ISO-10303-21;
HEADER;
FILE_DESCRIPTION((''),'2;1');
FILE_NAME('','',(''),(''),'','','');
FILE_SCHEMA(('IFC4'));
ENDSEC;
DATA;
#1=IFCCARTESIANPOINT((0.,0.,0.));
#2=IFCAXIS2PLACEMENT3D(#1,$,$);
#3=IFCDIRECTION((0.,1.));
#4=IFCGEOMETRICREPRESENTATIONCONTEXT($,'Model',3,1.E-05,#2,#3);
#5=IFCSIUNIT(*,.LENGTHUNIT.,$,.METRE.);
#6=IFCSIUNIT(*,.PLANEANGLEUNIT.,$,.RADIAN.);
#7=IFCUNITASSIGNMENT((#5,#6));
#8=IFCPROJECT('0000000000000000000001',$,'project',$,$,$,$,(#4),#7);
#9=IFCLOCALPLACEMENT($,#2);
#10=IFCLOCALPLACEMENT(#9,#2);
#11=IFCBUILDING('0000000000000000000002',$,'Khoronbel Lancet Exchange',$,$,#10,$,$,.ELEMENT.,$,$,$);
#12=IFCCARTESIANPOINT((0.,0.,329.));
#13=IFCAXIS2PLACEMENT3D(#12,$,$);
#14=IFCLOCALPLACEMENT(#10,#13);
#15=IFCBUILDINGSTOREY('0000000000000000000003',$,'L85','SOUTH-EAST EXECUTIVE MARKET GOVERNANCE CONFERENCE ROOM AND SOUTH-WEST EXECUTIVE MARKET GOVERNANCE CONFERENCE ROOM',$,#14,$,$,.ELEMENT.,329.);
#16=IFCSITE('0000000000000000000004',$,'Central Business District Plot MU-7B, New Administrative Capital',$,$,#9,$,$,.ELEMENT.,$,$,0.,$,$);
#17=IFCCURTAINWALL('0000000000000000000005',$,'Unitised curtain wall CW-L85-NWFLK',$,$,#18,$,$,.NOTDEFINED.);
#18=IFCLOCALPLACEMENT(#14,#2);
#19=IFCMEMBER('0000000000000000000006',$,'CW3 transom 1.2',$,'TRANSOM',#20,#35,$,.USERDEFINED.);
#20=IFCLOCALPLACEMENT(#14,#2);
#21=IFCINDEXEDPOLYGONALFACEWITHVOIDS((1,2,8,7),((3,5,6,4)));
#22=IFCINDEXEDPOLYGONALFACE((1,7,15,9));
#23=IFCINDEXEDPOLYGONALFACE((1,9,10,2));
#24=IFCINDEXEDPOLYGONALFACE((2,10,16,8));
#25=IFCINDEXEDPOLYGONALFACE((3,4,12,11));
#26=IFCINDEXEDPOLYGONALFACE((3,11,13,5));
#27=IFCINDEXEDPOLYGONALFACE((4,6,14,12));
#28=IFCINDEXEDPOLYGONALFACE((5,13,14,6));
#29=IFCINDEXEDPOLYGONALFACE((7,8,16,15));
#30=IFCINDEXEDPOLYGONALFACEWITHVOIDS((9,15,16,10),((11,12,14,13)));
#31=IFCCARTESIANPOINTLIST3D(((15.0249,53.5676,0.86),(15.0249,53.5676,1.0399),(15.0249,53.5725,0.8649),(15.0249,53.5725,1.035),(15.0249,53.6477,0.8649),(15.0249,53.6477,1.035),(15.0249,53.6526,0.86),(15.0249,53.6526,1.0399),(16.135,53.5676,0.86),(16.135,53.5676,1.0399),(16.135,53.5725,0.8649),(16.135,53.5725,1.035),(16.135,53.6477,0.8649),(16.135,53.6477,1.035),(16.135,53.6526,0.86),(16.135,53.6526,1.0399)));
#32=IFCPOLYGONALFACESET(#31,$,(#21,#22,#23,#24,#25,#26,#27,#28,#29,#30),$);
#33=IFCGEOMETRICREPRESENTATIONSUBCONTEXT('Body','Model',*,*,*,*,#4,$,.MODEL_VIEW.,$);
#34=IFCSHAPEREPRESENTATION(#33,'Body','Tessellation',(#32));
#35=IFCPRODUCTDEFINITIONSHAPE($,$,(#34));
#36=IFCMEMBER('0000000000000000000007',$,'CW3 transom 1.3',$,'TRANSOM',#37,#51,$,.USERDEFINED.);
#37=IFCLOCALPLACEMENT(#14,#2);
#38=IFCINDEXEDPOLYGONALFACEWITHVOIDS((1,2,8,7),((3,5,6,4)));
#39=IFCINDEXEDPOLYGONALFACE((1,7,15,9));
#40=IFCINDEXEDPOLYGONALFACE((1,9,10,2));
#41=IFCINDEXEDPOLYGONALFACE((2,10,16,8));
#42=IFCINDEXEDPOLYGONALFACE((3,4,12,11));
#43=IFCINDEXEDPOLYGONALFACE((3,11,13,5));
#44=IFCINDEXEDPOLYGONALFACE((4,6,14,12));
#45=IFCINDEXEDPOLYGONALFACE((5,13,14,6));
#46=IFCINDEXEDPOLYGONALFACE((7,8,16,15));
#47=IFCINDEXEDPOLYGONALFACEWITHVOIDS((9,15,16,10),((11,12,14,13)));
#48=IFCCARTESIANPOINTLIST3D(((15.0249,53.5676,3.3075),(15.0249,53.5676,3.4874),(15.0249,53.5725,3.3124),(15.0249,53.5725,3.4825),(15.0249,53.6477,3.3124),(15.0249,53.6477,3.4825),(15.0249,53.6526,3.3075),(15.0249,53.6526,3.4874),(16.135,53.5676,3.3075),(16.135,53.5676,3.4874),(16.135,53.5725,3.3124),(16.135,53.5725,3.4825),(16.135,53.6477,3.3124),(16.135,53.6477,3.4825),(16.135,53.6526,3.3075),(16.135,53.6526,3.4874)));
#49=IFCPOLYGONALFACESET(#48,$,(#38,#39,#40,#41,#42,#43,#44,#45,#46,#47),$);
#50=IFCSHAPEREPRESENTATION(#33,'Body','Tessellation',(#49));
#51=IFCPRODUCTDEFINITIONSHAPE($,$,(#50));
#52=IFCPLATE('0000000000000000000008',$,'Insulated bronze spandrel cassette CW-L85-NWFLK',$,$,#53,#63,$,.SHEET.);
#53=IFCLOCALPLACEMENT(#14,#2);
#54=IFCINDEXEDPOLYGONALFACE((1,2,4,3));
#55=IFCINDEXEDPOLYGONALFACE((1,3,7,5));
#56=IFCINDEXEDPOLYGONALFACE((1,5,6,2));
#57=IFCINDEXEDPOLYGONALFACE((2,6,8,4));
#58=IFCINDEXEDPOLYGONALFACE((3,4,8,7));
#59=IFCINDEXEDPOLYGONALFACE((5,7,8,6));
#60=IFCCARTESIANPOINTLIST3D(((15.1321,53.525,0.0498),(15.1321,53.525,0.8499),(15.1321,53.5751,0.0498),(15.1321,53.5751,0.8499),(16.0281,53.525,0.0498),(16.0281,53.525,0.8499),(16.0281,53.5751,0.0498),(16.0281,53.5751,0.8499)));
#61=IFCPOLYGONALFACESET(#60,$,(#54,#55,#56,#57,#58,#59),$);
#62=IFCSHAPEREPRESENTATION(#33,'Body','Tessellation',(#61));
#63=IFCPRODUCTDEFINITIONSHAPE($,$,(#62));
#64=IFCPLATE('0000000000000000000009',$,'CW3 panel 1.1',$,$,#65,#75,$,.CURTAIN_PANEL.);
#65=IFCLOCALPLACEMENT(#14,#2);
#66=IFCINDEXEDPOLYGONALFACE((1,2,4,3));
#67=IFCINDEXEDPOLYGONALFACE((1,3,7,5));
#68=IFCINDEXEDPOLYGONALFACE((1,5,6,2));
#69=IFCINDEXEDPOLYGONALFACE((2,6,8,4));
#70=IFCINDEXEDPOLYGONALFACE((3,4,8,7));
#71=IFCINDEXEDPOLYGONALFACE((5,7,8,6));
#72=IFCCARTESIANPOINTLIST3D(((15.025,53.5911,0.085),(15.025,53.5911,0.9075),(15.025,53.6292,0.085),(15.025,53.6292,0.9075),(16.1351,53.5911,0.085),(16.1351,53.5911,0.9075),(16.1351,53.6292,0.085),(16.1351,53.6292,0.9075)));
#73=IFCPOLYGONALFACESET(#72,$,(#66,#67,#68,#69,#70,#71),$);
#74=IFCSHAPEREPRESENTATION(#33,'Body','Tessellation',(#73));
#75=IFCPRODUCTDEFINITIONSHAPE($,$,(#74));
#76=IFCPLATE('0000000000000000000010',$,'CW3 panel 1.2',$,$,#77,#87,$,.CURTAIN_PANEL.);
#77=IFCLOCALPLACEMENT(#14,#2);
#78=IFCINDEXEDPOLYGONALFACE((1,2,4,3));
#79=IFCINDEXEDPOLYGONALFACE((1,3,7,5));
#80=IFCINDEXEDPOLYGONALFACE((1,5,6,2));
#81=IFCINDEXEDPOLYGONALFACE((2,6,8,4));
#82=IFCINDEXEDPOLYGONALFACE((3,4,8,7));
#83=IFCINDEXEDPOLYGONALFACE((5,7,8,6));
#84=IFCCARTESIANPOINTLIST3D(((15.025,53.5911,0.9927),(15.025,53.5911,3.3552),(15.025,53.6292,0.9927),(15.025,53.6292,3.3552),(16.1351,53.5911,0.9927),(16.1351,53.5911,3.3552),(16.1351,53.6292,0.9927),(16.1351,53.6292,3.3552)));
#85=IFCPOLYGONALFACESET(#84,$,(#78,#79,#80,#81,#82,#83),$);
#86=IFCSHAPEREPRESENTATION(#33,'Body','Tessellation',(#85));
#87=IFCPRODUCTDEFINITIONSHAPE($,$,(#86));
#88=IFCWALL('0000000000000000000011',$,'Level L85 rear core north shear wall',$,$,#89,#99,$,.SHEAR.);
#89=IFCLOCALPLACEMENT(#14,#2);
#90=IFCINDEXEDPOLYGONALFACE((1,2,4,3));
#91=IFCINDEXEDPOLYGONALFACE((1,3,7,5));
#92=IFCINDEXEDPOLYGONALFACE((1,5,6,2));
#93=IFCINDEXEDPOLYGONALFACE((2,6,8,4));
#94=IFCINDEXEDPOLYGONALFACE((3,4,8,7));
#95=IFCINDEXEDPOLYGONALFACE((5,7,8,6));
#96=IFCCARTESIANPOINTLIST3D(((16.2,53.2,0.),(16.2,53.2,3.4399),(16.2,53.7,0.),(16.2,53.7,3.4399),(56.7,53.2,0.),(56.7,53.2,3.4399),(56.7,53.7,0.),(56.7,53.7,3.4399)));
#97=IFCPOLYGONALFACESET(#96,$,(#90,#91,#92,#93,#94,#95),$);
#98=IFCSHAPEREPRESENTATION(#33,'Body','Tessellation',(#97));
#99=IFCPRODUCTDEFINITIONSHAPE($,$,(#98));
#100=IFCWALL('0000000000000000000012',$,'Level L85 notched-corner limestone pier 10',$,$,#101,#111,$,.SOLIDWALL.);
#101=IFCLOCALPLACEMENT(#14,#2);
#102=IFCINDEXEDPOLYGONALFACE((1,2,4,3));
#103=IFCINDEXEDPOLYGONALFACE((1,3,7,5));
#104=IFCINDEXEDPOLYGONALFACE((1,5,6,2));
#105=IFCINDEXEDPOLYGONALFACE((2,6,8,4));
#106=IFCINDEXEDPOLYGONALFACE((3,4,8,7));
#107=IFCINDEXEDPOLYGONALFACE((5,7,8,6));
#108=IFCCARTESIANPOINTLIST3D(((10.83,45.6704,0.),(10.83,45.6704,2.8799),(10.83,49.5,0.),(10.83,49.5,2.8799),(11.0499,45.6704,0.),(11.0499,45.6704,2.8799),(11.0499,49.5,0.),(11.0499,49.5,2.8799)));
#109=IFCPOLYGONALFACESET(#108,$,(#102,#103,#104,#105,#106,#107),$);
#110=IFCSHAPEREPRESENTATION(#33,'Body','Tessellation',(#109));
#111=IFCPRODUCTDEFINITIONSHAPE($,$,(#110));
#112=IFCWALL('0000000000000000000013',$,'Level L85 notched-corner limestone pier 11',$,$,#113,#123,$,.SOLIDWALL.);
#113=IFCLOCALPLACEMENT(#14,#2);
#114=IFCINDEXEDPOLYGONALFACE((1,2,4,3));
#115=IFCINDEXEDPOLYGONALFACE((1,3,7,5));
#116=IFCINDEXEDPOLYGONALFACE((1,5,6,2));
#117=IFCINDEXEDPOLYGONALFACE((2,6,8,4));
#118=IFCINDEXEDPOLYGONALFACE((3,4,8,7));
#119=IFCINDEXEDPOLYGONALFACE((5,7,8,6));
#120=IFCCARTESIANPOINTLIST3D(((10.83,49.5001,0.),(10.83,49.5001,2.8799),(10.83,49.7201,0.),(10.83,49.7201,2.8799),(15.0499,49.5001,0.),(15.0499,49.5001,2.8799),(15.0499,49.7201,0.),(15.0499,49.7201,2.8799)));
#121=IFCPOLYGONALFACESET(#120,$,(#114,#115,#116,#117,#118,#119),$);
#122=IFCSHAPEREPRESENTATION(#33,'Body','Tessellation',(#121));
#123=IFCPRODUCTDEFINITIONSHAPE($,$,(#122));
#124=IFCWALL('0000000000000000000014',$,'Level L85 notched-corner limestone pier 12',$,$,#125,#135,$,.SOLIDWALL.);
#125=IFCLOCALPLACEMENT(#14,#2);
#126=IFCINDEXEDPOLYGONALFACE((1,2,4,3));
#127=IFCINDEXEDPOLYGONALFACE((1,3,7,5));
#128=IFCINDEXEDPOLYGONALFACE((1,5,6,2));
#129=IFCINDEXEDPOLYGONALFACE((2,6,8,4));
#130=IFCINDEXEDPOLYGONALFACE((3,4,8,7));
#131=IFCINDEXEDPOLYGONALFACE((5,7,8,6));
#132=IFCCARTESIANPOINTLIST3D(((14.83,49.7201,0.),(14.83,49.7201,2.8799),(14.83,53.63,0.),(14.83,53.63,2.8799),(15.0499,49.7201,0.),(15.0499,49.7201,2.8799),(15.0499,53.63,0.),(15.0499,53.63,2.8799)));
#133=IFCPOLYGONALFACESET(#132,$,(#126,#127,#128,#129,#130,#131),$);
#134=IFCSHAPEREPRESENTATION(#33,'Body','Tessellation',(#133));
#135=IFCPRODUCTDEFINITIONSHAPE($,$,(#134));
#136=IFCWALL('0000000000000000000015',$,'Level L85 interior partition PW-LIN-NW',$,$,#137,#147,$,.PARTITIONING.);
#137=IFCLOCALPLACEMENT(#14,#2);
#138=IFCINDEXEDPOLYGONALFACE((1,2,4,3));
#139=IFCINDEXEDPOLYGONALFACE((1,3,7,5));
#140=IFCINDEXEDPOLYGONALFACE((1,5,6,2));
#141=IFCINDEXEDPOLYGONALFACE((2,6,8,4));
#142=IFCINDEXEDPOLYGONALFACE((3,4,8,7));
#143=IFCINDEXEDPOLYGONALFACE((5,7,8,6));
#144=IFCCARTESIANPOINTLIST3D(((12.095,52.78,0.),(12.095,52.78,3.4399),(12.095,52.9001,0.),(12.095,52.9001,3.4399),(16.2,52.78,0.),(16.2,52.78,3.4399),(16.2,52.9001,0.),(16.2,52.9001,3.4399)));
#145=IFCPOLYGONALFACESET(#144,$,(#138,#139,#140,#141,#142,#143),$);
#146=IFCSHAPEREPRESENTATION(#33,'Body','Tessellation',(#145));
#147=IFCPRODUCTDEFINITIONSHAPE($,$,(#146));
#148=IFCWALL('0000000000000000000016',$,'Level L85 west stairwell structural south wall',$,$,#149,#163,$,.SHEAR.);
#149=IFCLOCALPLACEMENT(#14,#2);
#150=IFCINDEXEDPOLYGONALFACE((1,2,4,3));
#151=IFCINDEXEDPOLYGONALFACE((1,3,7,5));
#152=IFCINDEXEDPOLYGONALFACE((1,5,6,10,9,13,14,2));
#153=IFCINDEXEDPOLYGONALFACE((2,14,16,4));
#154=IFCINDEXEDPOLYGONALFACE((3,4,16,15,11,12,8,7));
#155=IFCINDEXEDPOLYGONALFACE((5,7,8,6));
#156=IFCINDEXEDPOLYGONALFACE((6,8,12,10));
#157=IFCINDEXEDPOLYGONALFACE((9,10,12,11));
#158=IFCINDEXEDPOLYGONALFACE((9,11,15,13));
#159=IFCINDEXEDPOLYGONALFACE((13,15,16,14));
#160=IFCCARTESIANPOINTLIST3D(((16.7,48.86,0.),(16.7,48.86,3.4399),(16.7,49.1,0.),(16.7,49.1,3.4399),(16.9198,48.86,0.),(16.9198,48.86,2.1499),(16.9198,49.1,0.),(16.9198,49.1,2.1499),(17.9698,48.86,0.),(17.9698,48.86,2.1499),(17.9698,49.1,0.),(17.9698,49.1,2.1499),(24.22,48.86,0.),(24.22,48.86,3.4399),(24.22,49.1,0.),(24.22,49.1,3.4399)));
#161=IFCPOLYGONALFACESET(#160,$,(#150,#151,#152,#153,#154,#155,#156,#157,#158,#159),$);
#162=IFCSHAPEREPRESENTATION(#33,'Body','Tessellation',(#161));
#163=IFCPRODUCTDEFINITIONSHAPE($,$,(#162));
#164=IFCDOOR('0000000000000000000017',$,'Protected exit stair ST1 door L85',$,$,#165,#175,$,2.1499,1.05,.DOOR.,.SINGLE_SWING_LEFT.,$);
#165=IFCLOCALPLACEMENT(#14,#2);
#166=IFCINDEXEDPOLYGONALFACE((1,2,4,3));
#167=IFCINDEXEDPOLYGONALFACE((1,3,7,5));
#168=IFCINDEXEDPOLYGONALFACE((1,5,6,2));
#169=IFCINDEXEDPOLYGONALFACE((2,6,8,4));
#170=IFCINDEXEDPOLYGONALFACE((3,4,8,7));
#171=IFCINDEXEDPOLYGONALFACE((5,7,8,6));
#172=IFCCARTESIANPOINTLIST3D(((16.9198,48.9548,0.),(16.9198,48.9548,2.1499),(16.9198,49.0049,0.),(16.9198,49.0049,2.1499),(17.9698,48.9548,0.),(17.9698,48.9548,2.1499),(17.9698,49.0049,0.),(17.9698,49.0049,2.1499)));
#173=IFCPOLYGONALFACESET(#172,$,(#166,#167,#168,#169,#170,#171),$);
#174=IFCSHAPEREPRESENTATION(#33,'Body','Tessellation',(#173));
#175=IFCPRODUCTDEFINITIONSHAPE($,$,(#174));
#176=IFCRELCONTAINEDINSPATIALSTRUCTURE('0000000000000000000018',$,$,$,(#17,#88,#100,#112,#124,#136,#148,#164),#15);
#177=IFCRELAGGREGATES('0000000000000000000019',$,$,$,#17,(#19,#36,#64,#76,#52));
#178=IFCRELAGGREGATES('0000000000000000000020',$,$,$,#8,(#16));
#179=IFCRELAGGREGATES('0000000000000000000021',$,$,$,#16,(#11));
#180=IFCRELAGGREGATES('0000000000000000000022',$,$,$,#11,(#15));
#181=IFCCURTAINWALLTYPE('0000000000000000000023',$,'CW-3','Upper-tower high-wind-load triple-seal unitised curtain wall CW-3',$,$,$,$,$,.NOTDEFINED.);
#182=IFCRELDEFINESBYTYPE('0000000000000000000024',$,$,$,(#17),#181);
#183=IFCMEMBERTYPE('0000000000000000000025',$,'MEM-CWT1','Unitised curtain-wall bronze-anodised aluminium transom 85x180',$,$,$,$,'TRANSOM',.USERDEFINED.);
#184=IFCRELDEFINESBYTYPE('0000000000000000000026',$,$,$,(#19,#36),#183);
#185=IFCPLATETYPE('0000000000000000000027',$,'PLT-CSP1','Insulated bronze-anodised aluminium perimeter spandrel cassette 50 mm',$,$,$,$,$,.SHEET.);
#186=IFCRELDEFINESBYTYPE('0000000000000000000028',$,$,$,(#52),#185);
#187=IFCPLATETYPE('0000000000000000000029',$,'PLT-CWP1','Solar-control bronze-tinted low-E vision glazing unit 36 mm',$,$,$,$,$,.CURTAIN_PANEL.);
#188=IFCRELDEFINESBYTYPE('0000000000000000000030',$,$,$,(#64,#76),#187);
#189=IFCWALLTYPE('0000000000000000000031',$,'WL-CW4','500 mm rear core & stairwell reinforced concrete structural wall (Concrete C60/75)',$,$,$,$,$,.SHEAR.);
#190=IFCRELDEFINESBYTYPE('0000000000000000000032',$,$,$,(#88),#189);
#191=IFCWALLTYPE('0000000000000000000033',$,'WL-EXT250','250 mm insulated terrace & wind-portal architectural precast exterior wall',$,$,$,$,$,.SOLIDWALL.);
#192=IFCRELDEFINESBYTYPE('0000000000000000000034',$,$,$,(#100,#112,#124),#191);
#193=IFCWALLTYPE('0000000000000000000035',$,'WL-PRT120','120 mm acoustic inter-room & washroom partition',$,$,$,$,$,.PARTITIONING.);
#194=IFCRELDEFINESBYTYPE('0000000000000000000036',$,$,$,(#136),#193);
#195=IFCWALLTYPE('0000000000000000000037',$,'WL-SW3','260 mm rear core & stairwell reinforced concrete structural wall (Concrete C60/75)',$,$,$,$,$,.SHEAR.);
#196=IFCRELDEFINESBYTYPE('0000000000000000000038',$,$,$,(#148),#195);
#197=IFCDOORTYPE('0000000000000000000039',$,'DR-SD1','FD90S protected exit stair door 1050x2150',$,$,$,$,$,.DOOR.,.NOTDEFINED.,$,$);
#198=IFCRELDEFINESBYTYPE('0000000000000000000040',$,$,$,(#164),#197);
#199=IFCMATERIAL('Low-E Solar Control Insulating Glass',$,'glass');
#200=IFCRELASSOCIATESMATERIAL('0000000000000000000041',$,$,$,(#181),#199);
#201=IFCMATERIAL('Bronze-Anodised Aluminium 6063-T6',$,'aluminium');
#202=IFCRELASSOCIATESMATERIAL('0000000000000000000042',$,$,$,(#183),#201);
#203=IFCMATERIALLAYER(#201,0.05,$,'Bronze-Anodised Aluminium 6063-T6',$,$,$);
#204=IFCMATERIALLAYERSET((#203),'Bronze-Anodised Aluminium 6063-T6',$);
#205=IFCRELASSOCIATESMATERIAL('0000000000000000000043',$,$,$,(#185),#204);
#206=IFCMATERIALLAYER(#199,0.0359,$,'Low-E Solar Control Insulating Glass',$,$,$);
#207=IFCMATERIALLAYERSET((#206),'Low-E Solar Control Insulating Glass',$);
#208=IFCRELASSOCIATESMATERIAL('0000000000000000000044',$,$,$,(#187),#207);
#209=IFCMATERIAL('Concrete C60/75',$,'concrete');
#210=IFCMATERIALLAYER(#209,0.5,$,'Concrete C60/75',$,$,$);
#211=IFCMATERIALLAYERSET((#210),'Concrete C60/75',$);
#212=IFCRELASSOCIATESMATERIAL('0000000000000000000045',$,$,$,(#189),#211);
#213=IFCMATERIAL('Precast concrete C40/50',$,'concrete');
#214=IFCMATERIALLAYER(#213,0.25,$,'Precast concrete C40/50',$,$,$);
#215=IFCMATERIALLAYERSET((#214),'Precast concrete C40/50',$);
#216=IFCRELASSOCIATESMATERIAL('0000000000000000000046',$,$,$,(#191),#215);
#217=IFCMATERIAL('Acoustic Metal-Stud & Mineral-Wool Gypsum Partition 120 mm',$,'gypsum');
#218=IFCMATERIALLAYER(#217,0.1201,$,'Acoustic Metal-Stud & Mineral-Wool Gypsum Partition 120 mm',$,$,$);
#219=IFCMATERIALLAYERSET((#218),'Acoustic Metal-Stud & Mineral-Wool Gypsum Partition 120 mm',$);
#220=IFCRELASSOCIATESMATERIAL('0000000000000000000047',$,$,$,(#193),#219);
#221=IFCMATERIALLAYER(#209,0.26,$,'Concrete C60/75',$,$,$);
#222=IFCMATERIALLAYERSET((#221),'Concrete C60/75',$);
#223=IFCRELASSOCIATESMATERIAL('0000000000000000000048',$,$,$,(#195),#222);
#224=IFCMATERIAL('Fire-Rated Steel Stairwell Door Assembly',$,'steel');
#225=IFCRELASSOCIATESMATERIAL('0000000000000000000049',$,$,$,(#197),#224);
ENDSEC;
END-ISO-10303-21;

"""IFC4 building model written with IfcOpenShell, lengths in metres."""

from ifc_helpers import new_model, si_unit, direction, frame, frame_2d, origin, origin_2d, place, context, subcontext, project, spatial, rectangle, hollow_rectangle, extrude, material, layer, layer_set, material_profile, profile_set, type_object, element, fill, aggregate, save


model = new_model("IFC4")

# Units and contexts
model_context = context("Model", 3, precision=1e-05, world=origin(), true_north=direction((0.0, 1.0)))
body_context = subcontext(model_context, "Body", "Model", "MODEL_VIEW")
ifc_project = project(units=[si_unit("LENGTHUNIT", "METRE"), si_unit("PLANEANGLEUNIT", "RADIAN")], contexts=[model_context])

# Site, building, storey
site_placement = place(None, origin())
site = spatial("IfcSite", under=ifc_project, at=site_placement, Name="Central Business District Plot MU-7B, New Administrative Capital", CompositionType="ELEMENT", RefElevation=0.0)
building_placement = place(site_placement, origin())
building = spatial("IfcBuilding", under=site, at=building_placement, Name="Khoronbel Lancet Exchange", CompositionType="ELEMENT")
storey_placement = place(building_placement, frame((0.0, 0.0, 329.0)))
storey = spatial("IfcBuildingStorey", under=building, at=storey_placement, Name="L85", Description="SOUTH-EAST EXECUTIVE MARKET GOVERNANCE CONFERENCE ROOM AND SOUTH-WEST EXECUTIVE MARKET GOVERNANCE CONFERENCE ROOM", CompositionType="ELEMENT", Elevation=329.0)

# Curtain wall, members, plates
ifc_material_1 = material(Name="Low-E Solar Control Insulating Glass", Category="glass")
curtain_wall_type = type_object("IfcCurtainWallType", Name="CW-3", Description="Upper-tower high-wind-load triple-seal unitised curtain wall CW-3", PredefinedType="NOTDEFINED", material=ifc_material_1)
curtain_wall_placement = place(storey_placement, origin())
curtain_wall = element("IfcCurtainWall", 1, at=curtain_wall_placement, inside=storey, type_object=curtain_wall_type, Name="Unitised curtain wall CW-L85-NWFLK", PredefinedType="NOTDEFINED")
ifc_material_2 = material(Name="Bronze-Anodised Aluminium 6063-T6", Category="aluminium")
ifc_material_profile_1 = material_profile(ifc_material_2, hollow_rectangle(XDim=0.085, YDim=0.1799, WallThickness=0.0049, at=origin_2d()), Name="ALU TRANSOM 85x180")
ifc_profile_set_1 = profile_set([ifc_material_profile_1], Name="Bronze-Anodised Aluminium 6063-T6")
member_type_1 = type_object("IfcMemberType", Name="MEM-CWT1", Description="Unitised curtain-wall bronze-anodised aluminium transom 85x180", ElementType="TRANSOM", PredefinedType="USERDEFINED", material=ifc_profile_set_1)
member_1_placement = place(storey_placement, frame((16.135, 53.6101, 0.95), z_axis=(-1.0, 0.0, 0.0), x_axis=(0.0, -1.0, 0.0)))
member_1 = element("IfcMember", 2, at=member_1_placement, type_object=member_type_1, Name="CW3 transom 1.2", ObjectType="TRANSOM", PredefinedType="USERDEFINED", context=body_context, shape_type="SweptSolid", body=[
    extrude(hollow_rectangle(XDim=0.085, YDim=0.1799, WallThickness=0.0049, at=origin_2d()), origin(), (0.0, 0.0, 1.0), 1.1101),
])
member_2_placement = place(storey_placement, frame((16.135, 53.6101, 3.3975), z_axis=(-1.0, 0.0, 0.0), x_axis=(0.0, -1.0, 0.0)))
member_2 = element("IfcMember", 3, at=member_2_placement, type_object=member_type_1, Name="CW3 transom 1.3", ObjectType="TRANSOM", PredefinedType="USERDEFINED", context=body_context, shape_type="SweptSolid", body=[
    extrude(hollow_rectangle(XDim=0.085, YDim=0.1799, WallThickness=0.0049, at=origin_2d()), origin(), (0.0, 0.0, 1.0), 1.1101),
])
ifc_layer_1 = layer(ifc_material_2, 0.05, Name="Bronze-Anodised Aluminium 6063-T6")
ifc_layer_set_1 = layer_set([ifc_layer_1], Name="Bronze-Anodised Aluminium 6063-T6")
plate_type_1 = type_object("IfcPlateType", Name="PLT-CSP1", Description="Insulated bronze-anodised aluminium perimeter spandrel cassette 50 mm", PredefinedType="SHEET", material=ifc_layer_set_1)
plate_1_placement = place(storey_placement, frame((15.5801, 53.55, 0.0498), z_axis=(0.0, 0.0, 1.0), x_axis=(-1.0, 0.0, 0.0)))
plate_1 = element("IfcPlate", 4, at=plate_1_placement, type_object=plate_type_1, Name="Insulated bronze spandrel cassette CW-L85-NWFLK", PredefinedType="SHEET", context=body_context, shape_type="SweptSolid", body=[
    extrude(rectangle(XDim=0.896, YDim=0.05, at=origin_2d()), origin(), (0.0, 0.0, 1.0), 0.8),
])
ifc_layer_2 = layer(ifc_material_1, 0.0359, Name="Low-E Solar Control Insulating Glass")
ifc_layer_set_2 = layer_set([ifc_layer_2], Name="Low-E Solar Control Insulating Glass")
plate_type_2 = type_object("IfcPlateType", Name="PLT-CWP1", Description="Solar-control bronze-tinted low-E vision glazing unit 36 mm", PredefinedType="CURTAIN_PANEL", material=ifc_layer_set_2)
plate_2_placement = place(storey_placement, frame((15.5801, 53.6101, 0.085), z_axis=(0.0, 0.0, 1.0), x_axis=(-1.0, 0.0, 0.0)))
plate_2 = element("IfcPlate", 5, at=plate_2_placement, type_object=plate_type_2, Name="CW3 panel 1.1", PredefinedType="CURTAIN_PANEL", context=body_context, shape_type="SweptSolid", body=[
    extrude(rectangle(XDim=1.1101, YDim=0.0381, at=origin_2d()), origin(), (0.0, 0.0, 1.0), 0.8225),
])
plate_3_placement = place(storey_placement, frame((15.5801, 53.6101, 0.9927), z_axis=(0.0, 0.0, 1.0), x_axis=(-1.0, 0.0, 0.0)))
plate_3 = element("IfcPlate", 6, at=plate_3_placement, type_object=plate_type_2, Name="CW3 panel 1.2", PredefinedType="CURTAIN_PANEL", context=body_context, shape_type="SweptSolid", body=[
    extrude(rectangle(XDim=1.1101, YDim=0.0381, at=origin_2d()), origin(), (0.0, 0.0, 1.0), 2.3625),
])
aggregate(curtain_wall, [member_1, member_2, plate_2, plate_3, plate_1])

# Walls
ifc_material_3 = material(Name="Concrete C60/75", Category="concrete")
ifc_layer_3 = layer(ifc_material_3, 0.5, Name="Concrete C60/75")
ifc_layer_set_3 = layer_set([ifc_layer_3], Name="Concrete C60/75")
wall_type_1 = type_object("IfcWallType", Name="WL-CW4", Description="500 mm rear core & stairwell reinforced concrete structural wall (Concrete C60/75)", PredefinedType="SHEAR", material=ifc_layer_set_3)
wall_1_placement = place(storey_placement, frame((16.2, 53.45, 0.0), z_axis=(0.0, 0.0, 1.0), x_axis=(1.0, 0.0, 0.0)))
element("IfcWall", 7, at=wall_1_placement, inside=storey, type_object=wall_type_1, Name="Level L85 rear core north shear wall", PredefinedType="SHEAR", context=body_context, shape_type="SweptSolid", body=[
    extrude(rectangle(XDim=40.5, YDim=0.5, at=frame_2d((20.25, 0.0))), origin(), (0.0, 0.0, 1.0), 3.4399),
])
ifc_material_4 = material(Name="Precast concrete C40/50", Category="concrete")
ifc_layer_4 = layer(ifc_material_4, 0.25, Name="Precast concrete C40/50")
ifc_layer_set_4 = layer_set([ifc_layer_4], Name="Precast concrete C40/50")
wall_type_2 = type_object("IfcWallType", Name="WL-EXT250", Description="250 mm insulated terrace & wind-portal architectural precast exterior wall", PredefinedType="SOLIDWALL", material=ifc_layer_set_4)
wall_2_placement = place(storey_placement, frame((10.9399, 45.6704, 0.0), z_axis=(0.0, 0.0, 1.0), x_axis=(0.0, 1.0, 0.0)))
element("IfcWall", 8, at=wall_2_placement, inside=storey, type_object=wall_type_2, Name="Level L85 notched-corner limestone pier 10", PredefinedType="SOLIDWALL", context=body_context, shape_type="SweptSolid", body=[
    extrude(rectangle(XDim=3.8296, YDim=0.22, at=frame_2d((1.9148, 0.0))), origin(), (0.0, 0.0, 1.0), 2.8799),
])
wall_3_placement = place(storey_placement, frame((10.8301, 49.6101, 0.0), z_axis=(0.0, 0.0, 1.0), x_axis=(1.0, 0.0, 0.0)))
element("IfcWall", 9, at=wall_3_placement, inside=storey, type_object=wall_type_2, Name="Level L85 notched-corner limestone pier 11", PredefinedType="SOLIDWALL", context=body_context, shape_type="SweptSolid", body=[
    extrude(rectangle(XDim=4.22, YDim=0.22, at=frame_2d((2.1099, 0.0))), origin(), (0.0, 0.0, 1.0), 2.8799),
])
wall_4_placement = place(storey_placement, frame((14.9399, 49.72, 0.0), z_axis=(0.0, 0.0, 1.0), x_axis=(0.0, 1.0, 0.0)))
element("IfcWall", 10, at=wall_4_placement, inside=storey, type_object=wall_type_2, Name="Level L85 notched-corner limestone pier 12", PredefinedType="SOLIDWALL", context=body_context, shape_type="SweptSolid", body=[
    extrude(rectangle(XDim=3.9099, YDim=0.22, at=frame_2d((1.9551, 0.0))), origin(), (0.0, 0.0, 1.0), 2.8799),
])
ifc_material_5 = material(Name="Acoustic Metal-Stud & Mineral-Wool Gypsum Partition 120 mm", Category="gypsum")
ifc_layer_5 = layer(ifc_material_5, 0.1201, Name="Acoustic Metal-Stud & Mineral-Wool Gypsum Partition 120 mm")
ifc_layer_set_5 = layer_set([ifc_layer_5], Name="Acoustic Metal-Stud & Mineral-Wool Gypsum Partition 120 mm")
wall_type_3 = type_object("IfcWallType", Name="WL-PRT120", Description="120 mm acoustic inter-room & washroom partition", PredefinedType="PARTITIONING", material=ifc_layer_set_5)
wall_5_placement = place(storey_placement, frame((12.095, 52.8401, 0.0), z_axis=(0.0, 0.0, 1.0), x_axis=(1.0, 0.0, 0.0)))
element("IfcWall", 11, at=wall_5_placement, inside=storey, type_object=wall_type_3, Name="Level L85 interior partition PW-LIN-NW", PredefinedType="PARTITIONING", context=body_context, shape_type="SweptSolid", body=[
    extrude(rectangle(XDim=4.105, YDim=0.1201, at=frame_2d((2.0525, 0.0))), origin(), (0.0, 0.0, 1.0), 3.4399),
])

# Wall, opening, door
ifc_layer_6 = layer(ifc_material_3, 0.26, Name="Concrete C60/75")
ifc_layer_set_6 = layer_set([ifc_layer_6], Name="Concrete C60/75")
wall_type_4 = type_object("IfcWallType", Name="WL-SW3", Description="260 mm rear core & stairwell reinforced concrete structural wall (Concrete C60/75)", PredefinedType="SHEAR", material=ifc_layer_set_6)
wall_6_placement = place(storey_placement, frame((16.7, 48.98, 0.0), z_axis=(0.0, 0.0, 1.0), x_axis=(1.0, 0.0, 0.0)))
wall_6 = element("IfcWall", 12, at=wall_6_placement, inside=storey, type_object=wall_type_4, Name="Level L85 west stairwell structural south wall", PredefinedType="SHEAR", context=body_context, shape_type="SweptSolid", body=[
    extrude(rectangle(XDim=7.52, YDim=0.24, at=frame_2d((3.76, 0.0))), origin(), (0.0, 0.0, 1.0), 3.4399),
])
opening_placement = place(wall_6_placement, frame((0.22, 0.0, 0.0)))
opening = element("IfcOpeningElement", 13, at=opening_placement, cuts=wall_6, PredefinedType="OPENING", context=body_context, shape_type="SweptSolid", body=[
    extrude(rectangle(XDim=1.05, YDim=2.1499, at=frame_2d((0.5249, 1.075))), frame((0.0, 0.1299, 0.0), z_axis=(0.0, -1.0, 0.0), x_axis=(1.0, 0.0, 0.0)), (0.0, 0.0, 1.0), 0.26),
])
ifc_material_6 = material(Name="Fire-Rated Steel Stairwell Door Assembly", Category="steel")
door_type = type_object("IfcDoorType", Name="DR-SD1", Description="FD90S protected exit stair door 1050x2150", OperationType="NOTDEFINED", PredefinedType="DOOR", material=ifc_material_6)
door_placement = place(opening_placement, origin())
door = element("IfcDoor", 14, at=door_placement, inside=storey, type_object=door_type, Name="Protected exit stair ST1 door L85", OperationType="SINGLE_SWING_LEFT", OverallHeight=2.1499, OverallWidth=1.05, PredefinedType="DOOR", context=body_context, shape_type="SweptSolid", body=[
    extrude(rectangle(XDim=1.05, YDim=2.1499, at=frame_2d((0.5249, 1.075))), frame((0.0, 0.0249, 0.0), z_axis=(0.0, -1.0, 0.0), x_axis=(1.0, 0.0, 0.0)), (0.0, 0.0, 1.0), 0.05),
])
fill(opening, door)

save(model, "model.ifc")
